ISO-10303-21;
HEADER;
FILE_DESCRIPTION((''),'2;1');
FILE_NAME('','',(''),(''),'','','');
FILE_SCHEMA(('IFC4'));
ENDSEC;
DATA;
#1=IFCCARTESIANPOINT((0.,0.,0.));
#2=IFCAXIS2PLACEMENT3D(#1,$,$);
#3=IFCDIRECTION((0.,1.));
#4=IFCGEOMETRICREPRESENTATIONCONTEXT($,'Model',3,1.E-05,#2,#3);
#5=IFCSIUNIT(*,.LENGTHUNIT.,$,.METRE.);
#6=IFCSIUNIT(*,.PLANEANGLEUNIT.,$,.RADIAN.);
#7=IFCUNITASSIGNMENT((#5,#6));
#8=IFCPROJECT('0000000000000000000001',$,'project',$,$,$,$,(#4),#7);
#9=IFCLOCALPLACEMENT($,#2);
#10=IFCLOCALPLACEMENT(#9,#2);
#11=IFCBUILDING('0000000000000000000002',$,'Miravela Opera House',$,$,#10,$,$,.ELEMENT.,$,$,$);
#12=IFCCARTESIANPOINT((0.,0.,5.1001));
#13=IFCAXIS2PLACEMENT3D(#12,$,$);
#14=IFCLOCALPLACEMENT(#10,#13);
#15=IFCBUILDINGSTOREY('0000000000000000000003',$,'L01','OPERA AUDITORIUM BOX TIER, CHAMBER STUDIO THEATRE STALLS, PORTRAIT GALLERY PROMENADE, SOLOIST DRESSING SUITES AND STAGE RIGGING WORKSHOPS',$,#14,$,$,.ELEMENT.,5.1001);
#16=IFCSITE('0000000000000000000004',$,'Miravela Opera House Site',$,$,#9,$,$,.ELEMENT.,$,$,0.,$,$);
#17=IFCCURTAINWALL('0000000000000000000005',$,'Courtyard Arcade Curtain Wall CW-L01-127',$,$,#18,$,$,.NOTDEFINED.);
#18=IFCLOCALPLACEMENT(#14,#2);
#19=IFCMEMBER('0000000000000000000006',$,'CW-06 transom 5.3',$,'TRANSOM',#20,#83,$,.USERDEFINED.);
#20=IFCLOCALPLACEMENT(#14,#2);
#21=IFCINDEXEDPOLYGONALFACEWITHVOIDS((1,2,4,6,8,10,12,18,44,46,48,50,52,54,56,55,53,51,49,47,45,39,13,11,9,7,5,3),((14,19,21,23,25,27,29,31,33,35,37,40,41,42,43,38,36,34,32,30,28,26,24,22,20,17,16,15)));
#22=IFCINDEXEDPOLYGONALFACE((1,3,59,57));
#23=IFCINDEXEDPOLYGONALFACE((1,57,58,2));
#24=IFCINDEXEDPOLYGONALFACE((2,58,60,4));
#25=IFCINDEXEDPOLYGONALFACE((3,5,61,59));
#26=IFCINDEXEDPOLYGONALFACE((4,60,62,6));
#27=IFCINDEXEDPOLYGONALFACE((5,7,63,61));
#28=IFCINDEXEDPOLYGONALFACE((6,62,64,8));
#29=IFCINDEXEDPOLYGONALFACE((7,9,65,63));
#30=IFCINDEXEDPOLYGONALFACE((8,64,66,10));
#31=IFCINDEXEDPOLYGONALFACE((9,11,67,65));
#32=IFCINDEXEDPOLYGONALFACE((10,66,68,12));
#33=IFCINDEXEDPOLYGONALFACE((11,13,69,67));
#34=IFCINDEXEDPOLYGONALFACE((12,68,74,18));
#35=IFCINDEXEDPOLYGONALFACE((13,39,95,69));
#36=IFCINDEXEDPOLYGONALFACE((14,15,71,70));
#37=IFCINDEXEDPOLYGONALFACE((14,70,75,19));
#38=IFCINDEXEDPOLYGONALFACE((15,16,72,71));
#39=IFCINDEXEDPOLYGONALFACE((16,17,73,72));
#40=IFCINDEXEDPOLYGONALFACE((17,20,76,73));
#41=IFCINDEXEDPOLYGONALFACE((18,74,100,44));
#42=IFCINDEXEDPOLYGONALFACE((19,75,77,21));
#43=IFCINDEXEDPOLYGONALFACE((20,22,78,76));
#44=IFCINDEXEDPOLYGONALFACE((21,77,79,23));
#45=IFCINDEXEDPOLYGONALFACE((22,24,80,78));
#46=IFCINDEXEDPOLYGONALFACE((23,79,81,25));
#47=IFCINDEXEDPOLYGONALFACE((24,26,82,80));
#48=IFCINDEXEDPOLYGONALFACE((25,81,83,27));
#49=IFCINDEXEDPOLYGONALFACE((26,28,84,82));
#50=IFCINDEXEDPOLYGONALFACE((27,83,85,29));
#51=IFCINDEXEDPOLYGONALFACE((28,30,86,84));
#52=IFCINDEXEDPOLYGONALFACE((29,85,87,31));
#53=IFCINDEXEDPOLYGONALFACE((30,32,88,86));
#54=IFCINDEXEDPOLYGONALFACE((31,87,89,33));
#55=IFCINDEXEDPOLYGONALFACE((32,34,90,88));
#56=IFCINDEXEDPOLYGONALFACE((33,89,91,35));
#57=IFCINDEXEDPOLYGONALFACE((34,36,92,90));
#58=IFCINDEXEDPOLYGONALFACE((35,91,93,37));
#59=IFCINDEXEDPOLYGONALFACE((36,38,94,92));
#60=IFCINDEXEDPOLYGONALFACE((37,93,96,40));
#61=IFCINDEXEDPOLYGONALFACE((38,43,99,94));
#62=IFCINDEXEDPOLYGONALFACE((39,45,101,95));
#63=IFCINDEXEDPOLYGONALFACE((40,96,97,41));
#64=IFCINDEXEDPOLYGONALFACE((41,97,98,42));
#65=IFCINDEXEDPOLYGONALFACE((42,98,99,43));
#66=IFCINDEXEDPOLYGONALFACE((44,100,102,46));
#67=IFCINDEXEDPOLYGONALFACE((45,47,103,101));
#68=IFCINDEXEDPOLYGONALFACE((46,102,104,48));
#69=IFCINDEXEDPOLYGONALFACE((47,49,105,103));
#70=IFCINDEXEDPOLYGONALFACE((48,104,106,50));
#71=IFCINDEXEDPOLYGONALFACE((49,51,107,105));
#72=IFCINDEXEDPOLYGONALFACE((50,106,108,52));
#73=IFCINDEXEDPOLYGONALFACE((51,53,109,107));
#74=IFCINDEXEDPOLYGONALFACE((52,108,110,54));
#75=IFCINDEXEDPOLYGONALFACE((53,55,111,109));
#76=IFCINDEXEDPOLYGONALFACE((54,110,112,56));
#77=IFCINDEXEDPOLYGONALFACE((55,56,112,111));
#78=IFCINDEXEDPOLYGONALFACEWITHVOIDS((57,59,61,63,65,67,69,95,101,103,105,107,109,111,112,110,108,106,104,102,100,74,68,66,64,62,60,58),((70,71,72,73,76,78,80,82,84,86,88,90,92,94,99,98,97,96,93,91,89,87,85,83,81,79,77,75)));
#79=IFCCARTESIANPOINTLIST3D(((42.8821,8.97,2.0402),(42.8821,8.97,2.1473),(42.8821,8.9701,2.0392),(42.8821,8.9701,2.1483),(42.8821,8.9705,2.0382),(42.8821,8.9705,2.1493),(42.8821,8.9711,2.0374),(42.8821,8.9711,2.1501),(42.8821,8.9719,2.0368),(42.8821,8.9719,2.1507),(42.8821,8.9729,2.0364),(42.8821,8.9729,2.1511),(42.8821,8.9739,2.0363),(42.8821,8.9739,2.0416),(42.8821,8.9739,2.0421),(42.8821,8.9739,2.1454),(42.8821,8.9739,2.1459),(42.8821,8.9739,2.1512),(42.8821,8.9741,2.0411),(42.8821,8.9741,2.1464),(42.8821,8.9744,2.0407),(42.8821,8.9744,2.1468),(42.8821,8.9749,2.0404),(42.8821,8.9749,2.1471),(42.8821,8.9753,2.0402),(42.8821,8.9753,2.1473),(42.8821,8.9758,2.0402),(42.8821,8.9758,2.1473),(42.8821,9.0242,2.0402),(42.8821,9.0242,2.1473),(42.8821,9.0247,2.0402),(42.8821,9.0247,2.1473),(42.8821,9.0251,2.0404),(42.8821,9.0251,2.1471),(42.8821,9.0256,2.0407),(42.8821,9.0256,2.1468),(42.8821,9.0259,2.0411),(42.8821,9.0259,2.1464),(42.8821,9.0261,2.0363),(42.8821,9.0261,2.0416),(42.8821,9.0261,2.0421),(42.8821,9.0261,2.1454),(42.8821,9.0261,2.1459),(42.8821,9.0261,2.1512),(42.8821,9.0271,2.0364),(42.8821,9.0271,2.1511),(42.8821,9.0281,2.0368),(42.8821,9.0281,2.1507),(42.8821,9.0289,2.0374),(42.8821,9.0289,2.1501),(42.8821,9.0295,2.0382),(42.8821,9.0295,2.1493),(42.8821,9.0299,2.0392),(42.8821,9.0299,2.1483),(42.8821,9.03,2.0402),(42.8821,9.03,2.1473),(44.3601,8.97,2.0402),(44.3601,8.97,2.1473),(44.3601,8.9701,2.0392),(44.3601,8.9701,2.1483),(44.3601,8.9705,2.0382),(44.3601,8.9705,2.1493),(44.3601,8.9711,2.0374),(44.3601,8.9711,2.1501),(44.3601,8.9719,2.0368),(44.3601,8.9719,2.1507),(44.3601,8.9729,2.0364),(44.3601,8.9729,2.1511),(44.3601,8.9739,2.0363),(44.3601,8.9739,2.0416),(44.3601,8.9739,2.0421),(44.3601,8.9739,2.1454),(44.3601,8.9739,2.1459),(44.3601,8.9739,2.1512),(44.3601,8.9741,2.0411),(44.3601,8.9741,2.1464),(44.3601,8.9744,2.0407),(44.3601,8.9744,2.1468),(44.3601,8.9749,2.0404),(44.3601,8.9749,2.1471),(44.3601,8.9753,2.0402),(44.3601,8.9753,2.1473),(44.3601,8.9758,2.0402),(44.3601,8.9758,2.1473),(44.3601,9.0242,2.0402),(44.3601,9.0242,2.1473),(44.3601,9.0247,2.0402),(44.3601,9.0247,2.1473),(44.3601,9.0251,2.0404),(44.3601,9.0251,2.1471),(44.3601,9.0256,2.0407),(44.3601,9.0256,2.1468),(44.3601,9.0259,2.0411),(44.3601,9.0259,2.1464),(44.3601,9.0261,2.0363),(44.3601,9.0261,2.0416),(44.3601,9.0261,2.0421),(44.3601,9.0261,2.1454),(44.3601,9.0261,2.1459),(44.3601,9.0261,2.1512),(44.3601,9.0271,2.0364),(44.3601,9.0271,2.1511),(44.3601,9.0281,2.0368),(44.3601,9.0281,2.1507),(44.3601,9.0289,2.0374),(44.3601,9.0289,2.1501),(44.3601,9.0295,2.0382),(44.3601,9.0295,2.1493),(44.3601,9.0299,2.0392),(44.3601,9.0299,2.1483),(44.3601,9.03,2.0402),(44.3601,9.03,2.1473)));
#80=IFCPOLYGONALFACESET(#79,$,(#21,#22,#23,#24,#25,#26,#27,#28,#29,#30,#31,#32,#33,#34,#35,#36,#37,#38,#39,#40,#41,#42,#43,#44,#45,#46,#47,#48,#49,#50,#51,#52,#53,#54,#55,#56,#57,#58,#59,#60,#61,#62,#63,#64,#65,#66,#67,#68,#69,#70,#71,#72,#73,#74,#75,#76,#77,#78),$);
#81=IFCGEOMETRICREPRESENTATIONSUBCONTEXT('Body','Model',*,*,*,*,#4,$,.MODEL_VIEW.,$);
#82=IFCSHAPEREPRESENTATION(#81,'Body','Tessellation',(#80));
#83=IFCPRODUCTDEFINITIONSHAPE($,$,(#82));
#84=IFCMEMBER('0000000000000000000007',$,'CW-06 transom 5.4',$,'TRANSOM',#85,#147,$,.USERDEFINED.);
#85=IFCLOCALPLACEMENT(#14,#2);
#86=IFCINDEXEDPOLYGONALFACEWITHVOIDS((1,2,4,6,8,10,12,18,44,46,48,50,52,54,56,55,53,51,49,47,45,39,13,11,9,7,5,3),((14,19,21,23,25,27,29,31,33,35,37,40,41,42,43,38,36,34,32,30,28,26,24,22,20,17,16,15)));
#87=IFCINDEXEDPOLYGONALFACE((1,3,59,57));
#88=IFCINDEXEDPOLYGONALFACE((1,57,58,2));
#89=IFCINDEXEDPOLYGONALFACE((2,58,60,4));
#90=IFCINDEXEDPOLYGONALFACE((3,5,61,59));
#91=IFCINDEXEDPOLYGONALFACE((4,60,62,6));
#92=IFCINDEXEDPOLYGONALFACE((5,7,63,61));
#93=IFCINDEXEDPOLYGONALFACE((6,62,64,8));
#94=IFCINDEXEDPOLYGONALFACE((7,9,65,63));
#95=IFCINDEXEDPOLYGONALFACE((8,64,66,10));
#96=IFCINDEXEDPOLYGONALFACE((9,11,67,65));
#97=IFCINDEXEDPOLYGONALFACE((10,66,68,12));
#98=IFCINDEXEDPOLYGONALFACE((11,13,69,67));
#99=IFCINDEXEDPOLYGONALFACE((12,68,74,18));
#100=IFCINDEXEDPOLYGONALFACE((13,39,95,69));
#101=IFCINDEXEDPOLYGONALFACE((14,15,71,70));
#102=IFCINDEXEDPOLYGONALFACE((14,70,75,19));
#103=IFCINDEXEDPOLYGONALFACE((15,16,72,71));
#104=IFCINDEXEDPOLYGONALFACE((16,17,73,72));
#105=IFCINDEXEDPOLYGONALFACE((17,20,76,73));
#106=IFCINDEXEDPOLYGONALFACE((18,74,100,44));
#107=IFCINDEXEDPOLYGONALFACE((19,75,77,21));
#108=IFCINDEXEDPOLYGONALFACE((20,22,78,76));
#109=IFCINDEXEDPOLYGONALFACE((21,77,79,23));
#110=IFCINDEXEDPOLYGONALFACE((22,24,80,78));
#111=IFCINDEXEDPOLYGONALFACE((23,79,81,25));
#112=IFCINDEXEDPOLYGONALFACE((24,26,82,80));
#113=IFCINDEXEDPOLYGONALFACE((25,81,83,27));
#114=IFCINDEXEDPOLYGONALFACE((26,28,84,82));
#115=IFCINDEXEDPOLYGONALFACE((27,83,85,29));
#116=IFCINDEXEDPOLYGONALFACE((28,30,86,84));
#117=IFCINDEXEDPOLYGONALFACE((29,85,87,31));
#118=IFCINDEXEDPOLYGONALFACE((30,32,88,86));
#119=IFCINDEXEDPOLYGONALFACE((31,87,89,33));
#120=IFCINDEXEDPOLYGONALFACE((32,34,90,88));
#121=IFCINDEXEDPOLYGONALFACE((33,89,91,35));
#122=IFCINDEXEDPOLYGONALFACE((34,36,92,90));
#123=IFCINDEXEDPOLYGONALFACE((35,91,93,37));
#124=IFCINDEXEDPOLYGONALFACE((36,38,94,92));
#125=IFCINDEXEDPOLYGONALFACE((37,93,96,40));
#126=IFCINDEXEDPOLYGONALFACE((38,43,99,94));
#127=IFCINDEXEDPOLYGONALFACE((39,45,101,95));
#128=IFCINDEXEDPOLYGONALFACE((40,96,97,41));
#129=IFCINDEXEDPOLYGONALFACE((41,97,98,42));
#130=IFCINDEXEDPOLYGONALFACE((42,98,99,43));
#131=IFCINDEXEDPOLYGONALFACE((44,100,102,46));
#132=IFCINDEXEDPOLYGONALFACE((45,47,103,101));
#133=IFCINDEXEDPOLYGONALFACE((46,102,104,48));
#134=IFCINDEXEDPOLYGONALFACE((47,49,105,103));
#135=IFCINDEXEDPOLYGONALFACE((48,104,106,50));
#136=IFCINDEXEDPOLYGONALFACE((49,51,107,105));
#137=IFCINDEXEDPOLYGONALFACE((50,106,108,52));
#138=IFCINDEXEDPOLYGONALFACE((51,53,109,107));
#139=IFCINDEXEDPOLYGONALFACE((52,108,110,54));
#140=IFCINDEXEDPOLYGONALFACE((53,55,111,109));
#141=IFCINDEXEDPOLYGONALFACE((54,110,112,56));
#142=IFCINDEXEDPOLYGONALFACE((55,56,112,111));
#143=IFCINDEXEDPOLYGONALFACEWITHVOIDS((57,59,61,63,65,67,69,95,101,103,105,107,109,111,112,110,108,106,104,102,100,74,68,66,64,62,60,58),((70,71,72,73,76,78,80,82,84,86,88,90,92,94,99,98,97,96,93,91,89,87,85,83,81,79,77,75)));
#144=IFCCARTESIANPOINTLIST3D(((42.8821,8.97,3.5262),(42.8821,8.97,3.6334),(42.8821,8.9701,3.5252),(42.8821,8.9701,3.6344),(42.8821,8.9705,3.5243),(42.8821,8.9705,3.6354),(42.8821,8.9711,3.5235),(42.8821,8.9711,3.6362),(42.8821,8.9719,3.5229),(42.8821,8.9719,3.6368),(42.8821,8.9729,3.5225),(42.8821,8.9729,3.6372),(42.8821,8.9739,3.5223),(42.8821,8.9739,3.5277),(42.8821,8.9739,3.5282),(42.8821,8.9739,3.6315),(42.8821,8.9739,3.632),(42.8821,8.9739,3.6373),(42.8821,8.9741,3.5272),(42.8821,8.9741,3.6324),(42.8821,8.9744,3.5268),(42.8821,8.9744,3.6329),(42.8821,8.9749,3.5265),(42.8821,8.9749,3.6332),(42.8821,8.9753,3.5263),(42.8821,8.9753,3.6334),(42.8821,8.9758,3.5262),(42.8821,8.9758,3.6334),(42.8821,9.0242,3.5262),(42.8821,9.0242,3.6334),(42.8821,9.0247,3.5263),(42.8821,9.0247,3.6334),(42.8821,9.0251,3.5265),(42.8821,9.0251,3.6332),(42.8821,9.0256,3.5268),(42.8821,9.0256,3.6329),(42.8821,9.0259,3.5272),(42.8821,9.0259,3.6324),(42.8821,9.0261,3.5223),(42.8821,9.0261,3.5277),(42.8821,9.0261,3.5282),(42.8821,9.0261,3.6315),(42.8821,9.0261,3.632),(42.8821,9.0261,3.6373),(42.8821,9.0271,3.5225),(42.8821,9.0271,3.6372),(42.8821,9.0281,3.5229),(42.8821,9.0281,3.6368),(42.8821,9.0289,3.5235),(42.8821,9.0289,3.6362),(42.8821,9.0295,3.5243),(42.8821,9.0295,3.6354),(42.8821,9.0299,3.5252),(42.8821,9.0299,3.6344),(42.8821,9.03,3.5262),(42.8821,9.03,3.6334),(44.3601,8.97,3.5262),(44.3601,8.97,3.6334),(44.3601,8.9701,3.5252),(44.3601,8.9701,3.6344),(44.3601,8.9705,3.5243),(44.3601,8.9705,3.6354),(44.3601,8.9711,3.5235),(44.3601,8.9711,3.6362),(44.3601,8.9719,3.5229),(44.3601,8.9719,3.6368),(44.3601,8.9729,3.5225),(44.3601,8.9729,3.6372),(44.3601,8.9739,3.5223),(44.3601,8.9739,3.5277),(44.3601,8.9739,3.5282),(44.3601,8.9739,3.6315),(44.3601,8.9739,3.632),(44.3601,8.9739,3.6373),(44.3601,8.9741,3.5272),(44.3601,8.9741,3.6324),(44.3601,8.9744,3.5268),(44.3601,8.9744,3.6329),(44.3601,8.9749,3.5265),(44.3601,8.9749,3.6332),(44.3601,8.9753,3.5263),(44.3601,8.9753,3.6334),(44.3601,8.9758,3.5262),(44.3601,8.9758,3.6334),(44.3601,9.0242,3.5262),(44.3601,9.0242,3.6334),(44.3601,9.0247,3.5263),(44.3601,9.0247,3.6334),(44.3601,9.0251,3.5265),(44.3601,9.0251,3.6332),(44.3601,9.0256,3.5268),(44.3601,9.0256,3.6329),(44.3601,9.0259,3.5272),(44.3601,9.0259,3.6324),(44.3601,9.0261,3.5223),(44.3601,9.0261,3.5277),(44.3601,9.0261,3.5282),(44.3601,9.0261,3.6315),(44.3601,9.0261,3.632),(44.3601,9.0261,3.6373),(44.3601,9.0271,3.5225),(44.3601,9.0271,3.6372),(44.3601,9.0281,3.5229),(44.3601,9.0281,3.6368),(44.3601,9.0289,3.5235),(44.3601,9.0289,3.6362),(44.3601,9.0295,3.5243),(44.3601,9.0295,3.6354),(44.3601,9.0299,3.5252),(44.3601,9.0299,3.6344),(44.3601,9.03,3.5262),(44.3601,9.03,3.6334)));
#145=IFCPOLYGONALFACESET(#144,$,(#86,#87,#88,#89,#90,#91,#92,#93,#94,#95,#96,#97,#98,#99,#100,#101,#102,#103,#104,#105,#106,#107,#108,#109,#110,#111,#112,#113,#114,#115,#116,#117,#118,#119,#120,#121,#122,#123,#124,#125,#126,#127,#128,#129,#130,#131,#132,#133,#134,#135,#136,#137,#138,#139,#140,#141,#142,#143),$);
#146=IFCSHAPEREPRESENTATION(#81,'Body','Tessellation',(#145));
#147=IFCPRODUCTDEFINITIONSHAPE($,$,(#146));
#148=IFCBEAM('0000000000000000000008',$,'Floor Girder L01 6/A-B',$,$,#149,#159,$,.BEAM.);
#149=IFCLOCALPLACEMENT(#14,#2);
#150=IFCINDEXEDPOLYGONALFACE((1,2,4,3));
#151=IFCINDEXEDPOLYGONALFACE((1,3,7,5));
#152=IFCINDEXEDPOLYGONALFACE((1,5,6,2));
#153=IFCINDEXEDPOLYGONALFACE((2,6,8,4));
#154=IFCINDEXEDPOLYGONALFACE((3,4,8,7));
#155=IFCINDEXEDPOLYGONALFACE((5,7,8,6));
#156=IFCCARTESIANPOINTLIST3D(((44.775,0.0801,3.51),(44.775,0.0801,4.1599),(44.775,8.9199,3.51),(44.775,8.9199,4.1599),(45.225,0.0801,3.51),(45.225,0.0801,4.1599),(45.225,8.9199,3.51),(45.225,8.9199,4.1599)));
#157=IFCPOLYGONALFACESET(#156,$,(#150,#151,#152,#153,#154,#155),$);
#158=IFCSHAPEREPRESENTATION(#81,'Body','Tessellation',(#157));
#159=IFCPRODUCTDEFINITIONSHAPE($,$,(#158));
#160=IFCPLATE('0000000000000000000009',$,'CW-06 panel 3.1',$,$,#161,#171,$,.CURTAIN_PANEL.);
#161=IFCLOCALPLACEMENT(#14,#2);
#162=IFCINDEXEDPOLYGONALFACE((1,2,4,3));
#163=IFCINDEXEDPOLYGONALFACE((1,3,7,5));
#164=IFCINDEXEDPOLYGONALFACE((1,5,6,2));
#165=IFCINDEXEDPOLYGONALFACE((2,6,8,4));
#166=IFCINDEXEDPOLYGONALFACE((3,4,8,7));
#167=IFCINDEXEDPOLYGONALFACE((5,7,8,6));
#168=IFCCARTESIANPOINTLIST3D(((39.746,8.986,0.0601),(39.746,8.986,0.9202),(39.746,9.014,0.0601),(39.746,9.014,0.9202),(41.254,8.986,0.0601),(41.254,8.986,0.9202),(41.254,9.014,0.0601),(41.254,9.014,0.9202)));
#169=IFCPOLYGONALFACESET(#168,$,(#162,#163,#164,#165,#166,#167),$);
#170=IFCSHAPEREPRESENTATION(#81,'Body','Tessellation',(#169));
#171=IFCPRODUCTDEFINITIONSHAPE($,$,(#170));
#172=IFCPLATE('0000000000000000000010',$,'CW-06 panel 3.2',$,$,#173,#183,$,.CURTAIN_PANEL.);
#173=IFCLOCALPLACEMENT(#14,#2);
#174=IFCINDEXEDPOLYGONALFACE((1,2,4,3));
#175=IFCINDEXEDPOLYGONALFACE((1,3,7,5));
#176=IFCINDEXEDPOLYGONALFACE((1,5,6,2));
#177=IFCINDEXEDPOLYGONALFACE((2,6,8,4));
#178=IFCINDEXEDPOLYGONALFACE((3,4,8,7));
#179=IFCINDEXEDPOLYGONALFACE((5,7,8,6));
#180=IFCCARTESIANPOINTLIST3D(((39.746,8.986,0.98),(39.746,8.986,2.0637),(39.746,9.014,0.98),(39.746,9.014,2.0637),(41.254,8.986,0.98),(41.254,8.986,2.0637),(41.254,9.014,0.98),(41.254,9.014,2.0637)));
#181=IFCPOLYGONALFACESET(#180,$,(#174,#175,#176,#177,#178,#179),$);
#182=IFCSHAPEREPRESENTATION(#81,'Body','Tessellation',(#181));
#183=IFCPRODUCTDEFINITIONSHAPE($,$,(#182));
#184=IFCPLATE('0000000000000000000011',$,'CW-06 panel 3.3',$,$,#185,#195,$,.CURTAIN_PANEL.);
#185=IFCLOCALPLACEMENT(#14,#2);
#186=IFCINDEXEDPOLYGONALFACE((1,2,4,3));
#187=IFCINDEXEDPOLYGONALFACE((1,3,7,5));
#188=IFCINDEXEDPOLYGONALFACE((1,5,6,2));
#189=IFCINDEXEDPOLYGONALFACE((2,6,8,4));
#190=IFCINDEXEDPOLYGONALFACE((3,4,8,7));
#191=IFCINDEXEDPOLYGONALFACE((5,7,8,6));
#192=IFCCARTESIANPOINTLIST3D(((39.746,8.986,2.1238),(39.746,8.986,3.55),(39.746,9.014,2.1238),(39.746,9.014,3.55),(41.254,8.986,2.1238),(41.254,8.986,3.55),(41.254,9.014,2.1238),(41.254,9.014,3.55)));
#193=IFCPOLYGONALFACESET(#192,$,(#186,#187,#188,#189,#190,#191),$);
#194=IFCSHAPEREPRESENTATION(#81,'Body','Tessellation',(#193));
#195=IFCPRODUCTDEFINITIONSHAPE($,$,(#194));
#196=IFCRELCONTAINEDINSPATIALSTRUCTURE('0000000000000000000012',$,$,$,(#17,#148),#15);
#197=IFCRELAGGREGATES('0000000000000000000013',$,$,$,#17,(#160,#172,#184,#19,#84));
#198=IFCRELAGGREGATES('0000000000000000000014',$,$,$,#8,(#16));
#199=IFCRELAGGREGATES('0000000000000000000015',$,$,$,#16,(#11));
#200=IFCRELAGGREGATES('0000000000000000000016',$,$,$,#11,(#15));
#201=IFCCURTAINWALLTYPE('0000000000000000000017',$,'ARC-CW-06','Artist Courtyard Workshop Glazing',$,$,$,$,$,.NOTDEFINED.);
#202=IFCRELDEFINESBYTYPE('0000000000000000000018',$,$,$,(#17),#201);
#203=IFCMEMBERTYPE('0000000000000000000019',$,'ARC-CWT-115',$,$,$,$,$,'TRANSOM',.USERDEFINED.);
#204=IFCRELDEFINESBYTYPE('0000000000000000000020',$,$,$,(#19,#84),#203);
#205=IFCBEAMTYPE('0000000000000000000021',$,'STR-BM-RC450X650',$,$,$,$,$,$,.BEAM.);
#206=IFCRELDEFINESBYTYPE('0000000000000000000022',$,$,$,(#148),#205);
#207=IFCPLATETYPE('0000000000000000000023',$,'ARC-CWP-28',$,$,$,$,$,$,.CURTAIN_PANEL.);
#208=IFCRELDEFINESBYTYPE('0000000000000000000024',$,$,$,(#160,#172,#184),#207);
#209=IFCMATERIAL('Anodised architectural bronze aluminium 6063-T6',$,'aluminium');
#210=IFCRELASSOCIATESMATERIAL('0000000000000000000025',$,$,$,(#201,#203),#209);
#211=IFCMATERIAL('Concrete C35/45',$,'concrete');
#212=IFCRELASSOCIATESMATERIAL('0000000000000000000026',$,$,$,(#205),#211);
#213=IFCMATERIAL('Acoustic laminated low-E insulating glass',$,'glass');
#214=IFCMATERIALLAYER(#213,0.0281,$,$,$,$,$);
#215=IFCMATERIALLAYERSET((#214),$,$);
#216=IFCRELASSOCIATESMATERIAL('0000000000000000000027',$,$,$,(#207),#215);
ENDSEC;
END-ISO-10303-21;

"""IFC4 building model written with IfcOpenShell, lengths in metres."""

from ifc_helpers import new_model, si_unit, direction, frame, origin, origin_2d, place, context, subcontext, project, spatial, rectangle, hollow_rectangle, extrude, material, layer, layer_set, material_profile, profile_set, type_object, element, aggregate, save


model = new_model("IFC4")

# Units and contexts
model_context = context("Model", 3, precision=1e-05, world=origin(), true_north=direction((0.0, 1.0)))
body_context = subcontext(model_context, "Body", "Model", "MODEL_VIEW")
ifc_project = project(units=[si_unit("LENGTHUNIT", "METRE"), si_unit("PLANEANGLEUNIT", "RADIAN")], contexts=[model_context])

# Site, building, storey
site_placement = place(None, origin())
site = spatial("IfcSite", under=ifc_project, at=site_placement, Name="Miravela Opera House Site", CompositionType="ELEMENT", RefElevation=0.0)
building_placement = place(site_placement, origin())
building = spatial("IfcBuilding", under=site, at=building_placement, Name="Miravela Opera House", CompositionType="ELEMENT")
storey_placement = place(building_placement, frame((0.0, 0.0, 5.1001)))
storey = spatial("IfcBuildingStorey", under=building, at=storey_placement, Name="L01", Description="OPERA AUDITORIUM BOX TIER, CHAMBER STUDIO THEATRE STALLS, PORTRAIT GALLERY PROMENADE, SOLOIST DRESSING SUITES AND STAGE RIGGING WORKSHOPS", CompositionType="ELEMENT", Elevation=5.1001)

# Shared definitions
ifc_material_1 = material(Name="Concrete C35/45", Category="concrete")

# Curtain wall, members
ifc_material_2 = material(Name="Anodised architectural bronze aluminium 6063-T6", Category="aluminium")
curtain_wall_type = type_object("IfcCurtainWallType", Name="ARC-CW-06", Description="Artist Courtyard Workshop Glazing", PredefinedType="NOTDEFINED", material=ifc_material_2)
curtain_wall_placement = place(storey_placement, origin())
curtain_wall = element("IfcCurtainWall", 1, at=curtain_wall_placement, inside=storey, type_object=curtain_wall_type, Name="Courtyard Arcade Curtain Wall CW-L01-127", PredefinedType="NOTDEFINED")
ifc_material_profile_1 = material_profile(ifc_material_2, hollow_rectangle(XDim=0.0601, YDim=0.115, WallThickness=0.0039, InnerFilletRadius=0.002, OuterFilletRadius=0.0039, at=origin_2d()), Name="CWT-60X115")
ifc_profile_set_1 = profile_set([ifc_material_profile_1])
member_type_1 = type_object("IfcMemberType", Name="ARC-CWT-115", ElementType="TRANSOM", PredefinedType="USERDEFINED", material=ifc_profile_set_1)
member_1_placement = place(storey_placement, frame((42.8821, 9.0, 2.0938), z_axis=(1.0, 0.0, 0.0), x_axis=(0.0, 1.0, 0.0)))
member_1 = element("IfcMember", 2, at=member_1_placement, type_object=member_type_1, Name="CW-06 transom 5.3", ObjectType="TRANSOM", PredefinedType="USERDEFINED", context=body_context, shape_type="SweptSolid", body=[
    extrude(hollow_rectangle(XDim=0.0601, YDim=0.115, WallThickness=0.0039, InnerFilletRadius=0.002, OuterFilletRadius=0.0039, at=origin_2d()), origin(), (0.0, 0.0, 1.0), 1.478),
])
member_2_placement = place(storey_placement, frame((42.8821, 9.0, 3.5798), z_axis=(1.0, 0.0, 0.0), x_axis=(0.0, 1.0, 0.0)))
member_2 = element("IfcMember", 3, at=member_2_placement, type_object=member_type_1, Name="CW-06 transom 5.4", ObjectType="TRANSOM", PredefinedType="USERDEFINED", context=body_context, shape_type="SweptSolid", body=[
    extrude(hollow_rectangle(XDim=0.0601, YDim=0.115, WallThickness=0.0039, InnerFilletRadius=0.002, OuterFilletRadius=0.0039, at=origin_2d()), origin(), (0.0, 0.0, 1.0), 1.478),
])

# Beam
ifc_material_profile_2 = material_profile(ifc_material_1, rectangle(XDim=0.45, YDim=0.6499, at=origin_2d()), Name="RC-BM-450X650")
ifc_profile_set_2 = profile_set([ifc_material_profile_2])
beam_type = type_object("IfcBeamType", Name="STR-BM-RC450X650", PredefinedType="BEAM", material=ifc_profile_set_2)
beam_placement = place(storey_placement, frame((45.0, 0.0801, 3.835), z_axis=(0.0, 1.0, 0.0), x_axis=(-1.0, 0.0, 0.0)))
element("IfcBeam", 4, at=beam_placement, inside=storey, type_object=beam_type, Name="Floor Girder L01 6/A-B", PredefinedType="BEAM", context=body_context, shape_type="SweptSolid", body=[
    extrude(rectangle(XDim=0.45, YDim=0.6499, at=origin_2d()), origin(), (0.0, 0.0, 1.0), 8.8398),
])

# Plates
ifc_material_3 = material(Name="Acoustic laminated low-E insulating glass", Category="glass")
ifc_layer = layer(ifc_material_3, 0.0281)
ifc_layer_set = layer_set([ifc_layer])
plate_type = type_object("IfcPlateType", Name="ARC-CWP-28", PredefinedType="CURTAIN_PANEL", material=ifc_layer_set)
plate_1_placement = place(storey_placement, frame((40.5, 9.0, 0.0601), z_axis=(0.0, 0.0, 1.0), x_axis=(1.0, 0.0, 0.0)))
plate_1 = element("IfcPlate", 5, at=plate_1_placement, type_object=plate_type, Name="CW-06 panel 3.1", PredefinedType="CURTAIN_PANEL", context=body_context, shape_type="SweptSolid", body=[
    extrude(rectangle(XDim=1.5081, YDim=0.0281, at=origin_2d()), origin(), (0.0, 0.0, 1.0), 0.8601),
])
plate_2_placement = place(storey_placement, frame((40.5, 9.0, 0.98), z_axis=(0.0, 0.0, 1.0), x_axis=(1.0, 0.0, 0.0)))
plate_2 = element("IfcPlate", 6, at=plate_2_placement, type_object=plate_type, Name="CW-06 panel 3.2", PredefinedType="CURTAIN_PANEL", context=body_context, shape_type="SweptSolid", body=[
    extrude(rectangle(XDim=1.5081, YDim=0.0281, at=origin_2d()), origin(), (0.0, 0.0, 1.0), 1.0837),
])
plate_3_placement = place(storey_placement, frame((40.5, 9.0, 2.1238), z_axis=(0.0, 0.0, 1.0), x_axis=(1.0, 0.0, 0.0)))
plate_3 = element("IfcPlate", 7, at=plate_3_placement, type_object=plate_type, Name="CW-06 panel 3.3", PredefinedType="CURTAIN_PANEL", context=body_context, shape_type="SweptSolid", body=[
    extrude(rectangle(XDim=1.5081, YDim=0.0281, at=origin_2d()), origin(), (0.0, 0.0, 1.0), 1.4263),
])
aggregate(curtain_wall, [plate_1, plate_2, plate_3, member_1, member_2])

save(model, "model.ifc")
